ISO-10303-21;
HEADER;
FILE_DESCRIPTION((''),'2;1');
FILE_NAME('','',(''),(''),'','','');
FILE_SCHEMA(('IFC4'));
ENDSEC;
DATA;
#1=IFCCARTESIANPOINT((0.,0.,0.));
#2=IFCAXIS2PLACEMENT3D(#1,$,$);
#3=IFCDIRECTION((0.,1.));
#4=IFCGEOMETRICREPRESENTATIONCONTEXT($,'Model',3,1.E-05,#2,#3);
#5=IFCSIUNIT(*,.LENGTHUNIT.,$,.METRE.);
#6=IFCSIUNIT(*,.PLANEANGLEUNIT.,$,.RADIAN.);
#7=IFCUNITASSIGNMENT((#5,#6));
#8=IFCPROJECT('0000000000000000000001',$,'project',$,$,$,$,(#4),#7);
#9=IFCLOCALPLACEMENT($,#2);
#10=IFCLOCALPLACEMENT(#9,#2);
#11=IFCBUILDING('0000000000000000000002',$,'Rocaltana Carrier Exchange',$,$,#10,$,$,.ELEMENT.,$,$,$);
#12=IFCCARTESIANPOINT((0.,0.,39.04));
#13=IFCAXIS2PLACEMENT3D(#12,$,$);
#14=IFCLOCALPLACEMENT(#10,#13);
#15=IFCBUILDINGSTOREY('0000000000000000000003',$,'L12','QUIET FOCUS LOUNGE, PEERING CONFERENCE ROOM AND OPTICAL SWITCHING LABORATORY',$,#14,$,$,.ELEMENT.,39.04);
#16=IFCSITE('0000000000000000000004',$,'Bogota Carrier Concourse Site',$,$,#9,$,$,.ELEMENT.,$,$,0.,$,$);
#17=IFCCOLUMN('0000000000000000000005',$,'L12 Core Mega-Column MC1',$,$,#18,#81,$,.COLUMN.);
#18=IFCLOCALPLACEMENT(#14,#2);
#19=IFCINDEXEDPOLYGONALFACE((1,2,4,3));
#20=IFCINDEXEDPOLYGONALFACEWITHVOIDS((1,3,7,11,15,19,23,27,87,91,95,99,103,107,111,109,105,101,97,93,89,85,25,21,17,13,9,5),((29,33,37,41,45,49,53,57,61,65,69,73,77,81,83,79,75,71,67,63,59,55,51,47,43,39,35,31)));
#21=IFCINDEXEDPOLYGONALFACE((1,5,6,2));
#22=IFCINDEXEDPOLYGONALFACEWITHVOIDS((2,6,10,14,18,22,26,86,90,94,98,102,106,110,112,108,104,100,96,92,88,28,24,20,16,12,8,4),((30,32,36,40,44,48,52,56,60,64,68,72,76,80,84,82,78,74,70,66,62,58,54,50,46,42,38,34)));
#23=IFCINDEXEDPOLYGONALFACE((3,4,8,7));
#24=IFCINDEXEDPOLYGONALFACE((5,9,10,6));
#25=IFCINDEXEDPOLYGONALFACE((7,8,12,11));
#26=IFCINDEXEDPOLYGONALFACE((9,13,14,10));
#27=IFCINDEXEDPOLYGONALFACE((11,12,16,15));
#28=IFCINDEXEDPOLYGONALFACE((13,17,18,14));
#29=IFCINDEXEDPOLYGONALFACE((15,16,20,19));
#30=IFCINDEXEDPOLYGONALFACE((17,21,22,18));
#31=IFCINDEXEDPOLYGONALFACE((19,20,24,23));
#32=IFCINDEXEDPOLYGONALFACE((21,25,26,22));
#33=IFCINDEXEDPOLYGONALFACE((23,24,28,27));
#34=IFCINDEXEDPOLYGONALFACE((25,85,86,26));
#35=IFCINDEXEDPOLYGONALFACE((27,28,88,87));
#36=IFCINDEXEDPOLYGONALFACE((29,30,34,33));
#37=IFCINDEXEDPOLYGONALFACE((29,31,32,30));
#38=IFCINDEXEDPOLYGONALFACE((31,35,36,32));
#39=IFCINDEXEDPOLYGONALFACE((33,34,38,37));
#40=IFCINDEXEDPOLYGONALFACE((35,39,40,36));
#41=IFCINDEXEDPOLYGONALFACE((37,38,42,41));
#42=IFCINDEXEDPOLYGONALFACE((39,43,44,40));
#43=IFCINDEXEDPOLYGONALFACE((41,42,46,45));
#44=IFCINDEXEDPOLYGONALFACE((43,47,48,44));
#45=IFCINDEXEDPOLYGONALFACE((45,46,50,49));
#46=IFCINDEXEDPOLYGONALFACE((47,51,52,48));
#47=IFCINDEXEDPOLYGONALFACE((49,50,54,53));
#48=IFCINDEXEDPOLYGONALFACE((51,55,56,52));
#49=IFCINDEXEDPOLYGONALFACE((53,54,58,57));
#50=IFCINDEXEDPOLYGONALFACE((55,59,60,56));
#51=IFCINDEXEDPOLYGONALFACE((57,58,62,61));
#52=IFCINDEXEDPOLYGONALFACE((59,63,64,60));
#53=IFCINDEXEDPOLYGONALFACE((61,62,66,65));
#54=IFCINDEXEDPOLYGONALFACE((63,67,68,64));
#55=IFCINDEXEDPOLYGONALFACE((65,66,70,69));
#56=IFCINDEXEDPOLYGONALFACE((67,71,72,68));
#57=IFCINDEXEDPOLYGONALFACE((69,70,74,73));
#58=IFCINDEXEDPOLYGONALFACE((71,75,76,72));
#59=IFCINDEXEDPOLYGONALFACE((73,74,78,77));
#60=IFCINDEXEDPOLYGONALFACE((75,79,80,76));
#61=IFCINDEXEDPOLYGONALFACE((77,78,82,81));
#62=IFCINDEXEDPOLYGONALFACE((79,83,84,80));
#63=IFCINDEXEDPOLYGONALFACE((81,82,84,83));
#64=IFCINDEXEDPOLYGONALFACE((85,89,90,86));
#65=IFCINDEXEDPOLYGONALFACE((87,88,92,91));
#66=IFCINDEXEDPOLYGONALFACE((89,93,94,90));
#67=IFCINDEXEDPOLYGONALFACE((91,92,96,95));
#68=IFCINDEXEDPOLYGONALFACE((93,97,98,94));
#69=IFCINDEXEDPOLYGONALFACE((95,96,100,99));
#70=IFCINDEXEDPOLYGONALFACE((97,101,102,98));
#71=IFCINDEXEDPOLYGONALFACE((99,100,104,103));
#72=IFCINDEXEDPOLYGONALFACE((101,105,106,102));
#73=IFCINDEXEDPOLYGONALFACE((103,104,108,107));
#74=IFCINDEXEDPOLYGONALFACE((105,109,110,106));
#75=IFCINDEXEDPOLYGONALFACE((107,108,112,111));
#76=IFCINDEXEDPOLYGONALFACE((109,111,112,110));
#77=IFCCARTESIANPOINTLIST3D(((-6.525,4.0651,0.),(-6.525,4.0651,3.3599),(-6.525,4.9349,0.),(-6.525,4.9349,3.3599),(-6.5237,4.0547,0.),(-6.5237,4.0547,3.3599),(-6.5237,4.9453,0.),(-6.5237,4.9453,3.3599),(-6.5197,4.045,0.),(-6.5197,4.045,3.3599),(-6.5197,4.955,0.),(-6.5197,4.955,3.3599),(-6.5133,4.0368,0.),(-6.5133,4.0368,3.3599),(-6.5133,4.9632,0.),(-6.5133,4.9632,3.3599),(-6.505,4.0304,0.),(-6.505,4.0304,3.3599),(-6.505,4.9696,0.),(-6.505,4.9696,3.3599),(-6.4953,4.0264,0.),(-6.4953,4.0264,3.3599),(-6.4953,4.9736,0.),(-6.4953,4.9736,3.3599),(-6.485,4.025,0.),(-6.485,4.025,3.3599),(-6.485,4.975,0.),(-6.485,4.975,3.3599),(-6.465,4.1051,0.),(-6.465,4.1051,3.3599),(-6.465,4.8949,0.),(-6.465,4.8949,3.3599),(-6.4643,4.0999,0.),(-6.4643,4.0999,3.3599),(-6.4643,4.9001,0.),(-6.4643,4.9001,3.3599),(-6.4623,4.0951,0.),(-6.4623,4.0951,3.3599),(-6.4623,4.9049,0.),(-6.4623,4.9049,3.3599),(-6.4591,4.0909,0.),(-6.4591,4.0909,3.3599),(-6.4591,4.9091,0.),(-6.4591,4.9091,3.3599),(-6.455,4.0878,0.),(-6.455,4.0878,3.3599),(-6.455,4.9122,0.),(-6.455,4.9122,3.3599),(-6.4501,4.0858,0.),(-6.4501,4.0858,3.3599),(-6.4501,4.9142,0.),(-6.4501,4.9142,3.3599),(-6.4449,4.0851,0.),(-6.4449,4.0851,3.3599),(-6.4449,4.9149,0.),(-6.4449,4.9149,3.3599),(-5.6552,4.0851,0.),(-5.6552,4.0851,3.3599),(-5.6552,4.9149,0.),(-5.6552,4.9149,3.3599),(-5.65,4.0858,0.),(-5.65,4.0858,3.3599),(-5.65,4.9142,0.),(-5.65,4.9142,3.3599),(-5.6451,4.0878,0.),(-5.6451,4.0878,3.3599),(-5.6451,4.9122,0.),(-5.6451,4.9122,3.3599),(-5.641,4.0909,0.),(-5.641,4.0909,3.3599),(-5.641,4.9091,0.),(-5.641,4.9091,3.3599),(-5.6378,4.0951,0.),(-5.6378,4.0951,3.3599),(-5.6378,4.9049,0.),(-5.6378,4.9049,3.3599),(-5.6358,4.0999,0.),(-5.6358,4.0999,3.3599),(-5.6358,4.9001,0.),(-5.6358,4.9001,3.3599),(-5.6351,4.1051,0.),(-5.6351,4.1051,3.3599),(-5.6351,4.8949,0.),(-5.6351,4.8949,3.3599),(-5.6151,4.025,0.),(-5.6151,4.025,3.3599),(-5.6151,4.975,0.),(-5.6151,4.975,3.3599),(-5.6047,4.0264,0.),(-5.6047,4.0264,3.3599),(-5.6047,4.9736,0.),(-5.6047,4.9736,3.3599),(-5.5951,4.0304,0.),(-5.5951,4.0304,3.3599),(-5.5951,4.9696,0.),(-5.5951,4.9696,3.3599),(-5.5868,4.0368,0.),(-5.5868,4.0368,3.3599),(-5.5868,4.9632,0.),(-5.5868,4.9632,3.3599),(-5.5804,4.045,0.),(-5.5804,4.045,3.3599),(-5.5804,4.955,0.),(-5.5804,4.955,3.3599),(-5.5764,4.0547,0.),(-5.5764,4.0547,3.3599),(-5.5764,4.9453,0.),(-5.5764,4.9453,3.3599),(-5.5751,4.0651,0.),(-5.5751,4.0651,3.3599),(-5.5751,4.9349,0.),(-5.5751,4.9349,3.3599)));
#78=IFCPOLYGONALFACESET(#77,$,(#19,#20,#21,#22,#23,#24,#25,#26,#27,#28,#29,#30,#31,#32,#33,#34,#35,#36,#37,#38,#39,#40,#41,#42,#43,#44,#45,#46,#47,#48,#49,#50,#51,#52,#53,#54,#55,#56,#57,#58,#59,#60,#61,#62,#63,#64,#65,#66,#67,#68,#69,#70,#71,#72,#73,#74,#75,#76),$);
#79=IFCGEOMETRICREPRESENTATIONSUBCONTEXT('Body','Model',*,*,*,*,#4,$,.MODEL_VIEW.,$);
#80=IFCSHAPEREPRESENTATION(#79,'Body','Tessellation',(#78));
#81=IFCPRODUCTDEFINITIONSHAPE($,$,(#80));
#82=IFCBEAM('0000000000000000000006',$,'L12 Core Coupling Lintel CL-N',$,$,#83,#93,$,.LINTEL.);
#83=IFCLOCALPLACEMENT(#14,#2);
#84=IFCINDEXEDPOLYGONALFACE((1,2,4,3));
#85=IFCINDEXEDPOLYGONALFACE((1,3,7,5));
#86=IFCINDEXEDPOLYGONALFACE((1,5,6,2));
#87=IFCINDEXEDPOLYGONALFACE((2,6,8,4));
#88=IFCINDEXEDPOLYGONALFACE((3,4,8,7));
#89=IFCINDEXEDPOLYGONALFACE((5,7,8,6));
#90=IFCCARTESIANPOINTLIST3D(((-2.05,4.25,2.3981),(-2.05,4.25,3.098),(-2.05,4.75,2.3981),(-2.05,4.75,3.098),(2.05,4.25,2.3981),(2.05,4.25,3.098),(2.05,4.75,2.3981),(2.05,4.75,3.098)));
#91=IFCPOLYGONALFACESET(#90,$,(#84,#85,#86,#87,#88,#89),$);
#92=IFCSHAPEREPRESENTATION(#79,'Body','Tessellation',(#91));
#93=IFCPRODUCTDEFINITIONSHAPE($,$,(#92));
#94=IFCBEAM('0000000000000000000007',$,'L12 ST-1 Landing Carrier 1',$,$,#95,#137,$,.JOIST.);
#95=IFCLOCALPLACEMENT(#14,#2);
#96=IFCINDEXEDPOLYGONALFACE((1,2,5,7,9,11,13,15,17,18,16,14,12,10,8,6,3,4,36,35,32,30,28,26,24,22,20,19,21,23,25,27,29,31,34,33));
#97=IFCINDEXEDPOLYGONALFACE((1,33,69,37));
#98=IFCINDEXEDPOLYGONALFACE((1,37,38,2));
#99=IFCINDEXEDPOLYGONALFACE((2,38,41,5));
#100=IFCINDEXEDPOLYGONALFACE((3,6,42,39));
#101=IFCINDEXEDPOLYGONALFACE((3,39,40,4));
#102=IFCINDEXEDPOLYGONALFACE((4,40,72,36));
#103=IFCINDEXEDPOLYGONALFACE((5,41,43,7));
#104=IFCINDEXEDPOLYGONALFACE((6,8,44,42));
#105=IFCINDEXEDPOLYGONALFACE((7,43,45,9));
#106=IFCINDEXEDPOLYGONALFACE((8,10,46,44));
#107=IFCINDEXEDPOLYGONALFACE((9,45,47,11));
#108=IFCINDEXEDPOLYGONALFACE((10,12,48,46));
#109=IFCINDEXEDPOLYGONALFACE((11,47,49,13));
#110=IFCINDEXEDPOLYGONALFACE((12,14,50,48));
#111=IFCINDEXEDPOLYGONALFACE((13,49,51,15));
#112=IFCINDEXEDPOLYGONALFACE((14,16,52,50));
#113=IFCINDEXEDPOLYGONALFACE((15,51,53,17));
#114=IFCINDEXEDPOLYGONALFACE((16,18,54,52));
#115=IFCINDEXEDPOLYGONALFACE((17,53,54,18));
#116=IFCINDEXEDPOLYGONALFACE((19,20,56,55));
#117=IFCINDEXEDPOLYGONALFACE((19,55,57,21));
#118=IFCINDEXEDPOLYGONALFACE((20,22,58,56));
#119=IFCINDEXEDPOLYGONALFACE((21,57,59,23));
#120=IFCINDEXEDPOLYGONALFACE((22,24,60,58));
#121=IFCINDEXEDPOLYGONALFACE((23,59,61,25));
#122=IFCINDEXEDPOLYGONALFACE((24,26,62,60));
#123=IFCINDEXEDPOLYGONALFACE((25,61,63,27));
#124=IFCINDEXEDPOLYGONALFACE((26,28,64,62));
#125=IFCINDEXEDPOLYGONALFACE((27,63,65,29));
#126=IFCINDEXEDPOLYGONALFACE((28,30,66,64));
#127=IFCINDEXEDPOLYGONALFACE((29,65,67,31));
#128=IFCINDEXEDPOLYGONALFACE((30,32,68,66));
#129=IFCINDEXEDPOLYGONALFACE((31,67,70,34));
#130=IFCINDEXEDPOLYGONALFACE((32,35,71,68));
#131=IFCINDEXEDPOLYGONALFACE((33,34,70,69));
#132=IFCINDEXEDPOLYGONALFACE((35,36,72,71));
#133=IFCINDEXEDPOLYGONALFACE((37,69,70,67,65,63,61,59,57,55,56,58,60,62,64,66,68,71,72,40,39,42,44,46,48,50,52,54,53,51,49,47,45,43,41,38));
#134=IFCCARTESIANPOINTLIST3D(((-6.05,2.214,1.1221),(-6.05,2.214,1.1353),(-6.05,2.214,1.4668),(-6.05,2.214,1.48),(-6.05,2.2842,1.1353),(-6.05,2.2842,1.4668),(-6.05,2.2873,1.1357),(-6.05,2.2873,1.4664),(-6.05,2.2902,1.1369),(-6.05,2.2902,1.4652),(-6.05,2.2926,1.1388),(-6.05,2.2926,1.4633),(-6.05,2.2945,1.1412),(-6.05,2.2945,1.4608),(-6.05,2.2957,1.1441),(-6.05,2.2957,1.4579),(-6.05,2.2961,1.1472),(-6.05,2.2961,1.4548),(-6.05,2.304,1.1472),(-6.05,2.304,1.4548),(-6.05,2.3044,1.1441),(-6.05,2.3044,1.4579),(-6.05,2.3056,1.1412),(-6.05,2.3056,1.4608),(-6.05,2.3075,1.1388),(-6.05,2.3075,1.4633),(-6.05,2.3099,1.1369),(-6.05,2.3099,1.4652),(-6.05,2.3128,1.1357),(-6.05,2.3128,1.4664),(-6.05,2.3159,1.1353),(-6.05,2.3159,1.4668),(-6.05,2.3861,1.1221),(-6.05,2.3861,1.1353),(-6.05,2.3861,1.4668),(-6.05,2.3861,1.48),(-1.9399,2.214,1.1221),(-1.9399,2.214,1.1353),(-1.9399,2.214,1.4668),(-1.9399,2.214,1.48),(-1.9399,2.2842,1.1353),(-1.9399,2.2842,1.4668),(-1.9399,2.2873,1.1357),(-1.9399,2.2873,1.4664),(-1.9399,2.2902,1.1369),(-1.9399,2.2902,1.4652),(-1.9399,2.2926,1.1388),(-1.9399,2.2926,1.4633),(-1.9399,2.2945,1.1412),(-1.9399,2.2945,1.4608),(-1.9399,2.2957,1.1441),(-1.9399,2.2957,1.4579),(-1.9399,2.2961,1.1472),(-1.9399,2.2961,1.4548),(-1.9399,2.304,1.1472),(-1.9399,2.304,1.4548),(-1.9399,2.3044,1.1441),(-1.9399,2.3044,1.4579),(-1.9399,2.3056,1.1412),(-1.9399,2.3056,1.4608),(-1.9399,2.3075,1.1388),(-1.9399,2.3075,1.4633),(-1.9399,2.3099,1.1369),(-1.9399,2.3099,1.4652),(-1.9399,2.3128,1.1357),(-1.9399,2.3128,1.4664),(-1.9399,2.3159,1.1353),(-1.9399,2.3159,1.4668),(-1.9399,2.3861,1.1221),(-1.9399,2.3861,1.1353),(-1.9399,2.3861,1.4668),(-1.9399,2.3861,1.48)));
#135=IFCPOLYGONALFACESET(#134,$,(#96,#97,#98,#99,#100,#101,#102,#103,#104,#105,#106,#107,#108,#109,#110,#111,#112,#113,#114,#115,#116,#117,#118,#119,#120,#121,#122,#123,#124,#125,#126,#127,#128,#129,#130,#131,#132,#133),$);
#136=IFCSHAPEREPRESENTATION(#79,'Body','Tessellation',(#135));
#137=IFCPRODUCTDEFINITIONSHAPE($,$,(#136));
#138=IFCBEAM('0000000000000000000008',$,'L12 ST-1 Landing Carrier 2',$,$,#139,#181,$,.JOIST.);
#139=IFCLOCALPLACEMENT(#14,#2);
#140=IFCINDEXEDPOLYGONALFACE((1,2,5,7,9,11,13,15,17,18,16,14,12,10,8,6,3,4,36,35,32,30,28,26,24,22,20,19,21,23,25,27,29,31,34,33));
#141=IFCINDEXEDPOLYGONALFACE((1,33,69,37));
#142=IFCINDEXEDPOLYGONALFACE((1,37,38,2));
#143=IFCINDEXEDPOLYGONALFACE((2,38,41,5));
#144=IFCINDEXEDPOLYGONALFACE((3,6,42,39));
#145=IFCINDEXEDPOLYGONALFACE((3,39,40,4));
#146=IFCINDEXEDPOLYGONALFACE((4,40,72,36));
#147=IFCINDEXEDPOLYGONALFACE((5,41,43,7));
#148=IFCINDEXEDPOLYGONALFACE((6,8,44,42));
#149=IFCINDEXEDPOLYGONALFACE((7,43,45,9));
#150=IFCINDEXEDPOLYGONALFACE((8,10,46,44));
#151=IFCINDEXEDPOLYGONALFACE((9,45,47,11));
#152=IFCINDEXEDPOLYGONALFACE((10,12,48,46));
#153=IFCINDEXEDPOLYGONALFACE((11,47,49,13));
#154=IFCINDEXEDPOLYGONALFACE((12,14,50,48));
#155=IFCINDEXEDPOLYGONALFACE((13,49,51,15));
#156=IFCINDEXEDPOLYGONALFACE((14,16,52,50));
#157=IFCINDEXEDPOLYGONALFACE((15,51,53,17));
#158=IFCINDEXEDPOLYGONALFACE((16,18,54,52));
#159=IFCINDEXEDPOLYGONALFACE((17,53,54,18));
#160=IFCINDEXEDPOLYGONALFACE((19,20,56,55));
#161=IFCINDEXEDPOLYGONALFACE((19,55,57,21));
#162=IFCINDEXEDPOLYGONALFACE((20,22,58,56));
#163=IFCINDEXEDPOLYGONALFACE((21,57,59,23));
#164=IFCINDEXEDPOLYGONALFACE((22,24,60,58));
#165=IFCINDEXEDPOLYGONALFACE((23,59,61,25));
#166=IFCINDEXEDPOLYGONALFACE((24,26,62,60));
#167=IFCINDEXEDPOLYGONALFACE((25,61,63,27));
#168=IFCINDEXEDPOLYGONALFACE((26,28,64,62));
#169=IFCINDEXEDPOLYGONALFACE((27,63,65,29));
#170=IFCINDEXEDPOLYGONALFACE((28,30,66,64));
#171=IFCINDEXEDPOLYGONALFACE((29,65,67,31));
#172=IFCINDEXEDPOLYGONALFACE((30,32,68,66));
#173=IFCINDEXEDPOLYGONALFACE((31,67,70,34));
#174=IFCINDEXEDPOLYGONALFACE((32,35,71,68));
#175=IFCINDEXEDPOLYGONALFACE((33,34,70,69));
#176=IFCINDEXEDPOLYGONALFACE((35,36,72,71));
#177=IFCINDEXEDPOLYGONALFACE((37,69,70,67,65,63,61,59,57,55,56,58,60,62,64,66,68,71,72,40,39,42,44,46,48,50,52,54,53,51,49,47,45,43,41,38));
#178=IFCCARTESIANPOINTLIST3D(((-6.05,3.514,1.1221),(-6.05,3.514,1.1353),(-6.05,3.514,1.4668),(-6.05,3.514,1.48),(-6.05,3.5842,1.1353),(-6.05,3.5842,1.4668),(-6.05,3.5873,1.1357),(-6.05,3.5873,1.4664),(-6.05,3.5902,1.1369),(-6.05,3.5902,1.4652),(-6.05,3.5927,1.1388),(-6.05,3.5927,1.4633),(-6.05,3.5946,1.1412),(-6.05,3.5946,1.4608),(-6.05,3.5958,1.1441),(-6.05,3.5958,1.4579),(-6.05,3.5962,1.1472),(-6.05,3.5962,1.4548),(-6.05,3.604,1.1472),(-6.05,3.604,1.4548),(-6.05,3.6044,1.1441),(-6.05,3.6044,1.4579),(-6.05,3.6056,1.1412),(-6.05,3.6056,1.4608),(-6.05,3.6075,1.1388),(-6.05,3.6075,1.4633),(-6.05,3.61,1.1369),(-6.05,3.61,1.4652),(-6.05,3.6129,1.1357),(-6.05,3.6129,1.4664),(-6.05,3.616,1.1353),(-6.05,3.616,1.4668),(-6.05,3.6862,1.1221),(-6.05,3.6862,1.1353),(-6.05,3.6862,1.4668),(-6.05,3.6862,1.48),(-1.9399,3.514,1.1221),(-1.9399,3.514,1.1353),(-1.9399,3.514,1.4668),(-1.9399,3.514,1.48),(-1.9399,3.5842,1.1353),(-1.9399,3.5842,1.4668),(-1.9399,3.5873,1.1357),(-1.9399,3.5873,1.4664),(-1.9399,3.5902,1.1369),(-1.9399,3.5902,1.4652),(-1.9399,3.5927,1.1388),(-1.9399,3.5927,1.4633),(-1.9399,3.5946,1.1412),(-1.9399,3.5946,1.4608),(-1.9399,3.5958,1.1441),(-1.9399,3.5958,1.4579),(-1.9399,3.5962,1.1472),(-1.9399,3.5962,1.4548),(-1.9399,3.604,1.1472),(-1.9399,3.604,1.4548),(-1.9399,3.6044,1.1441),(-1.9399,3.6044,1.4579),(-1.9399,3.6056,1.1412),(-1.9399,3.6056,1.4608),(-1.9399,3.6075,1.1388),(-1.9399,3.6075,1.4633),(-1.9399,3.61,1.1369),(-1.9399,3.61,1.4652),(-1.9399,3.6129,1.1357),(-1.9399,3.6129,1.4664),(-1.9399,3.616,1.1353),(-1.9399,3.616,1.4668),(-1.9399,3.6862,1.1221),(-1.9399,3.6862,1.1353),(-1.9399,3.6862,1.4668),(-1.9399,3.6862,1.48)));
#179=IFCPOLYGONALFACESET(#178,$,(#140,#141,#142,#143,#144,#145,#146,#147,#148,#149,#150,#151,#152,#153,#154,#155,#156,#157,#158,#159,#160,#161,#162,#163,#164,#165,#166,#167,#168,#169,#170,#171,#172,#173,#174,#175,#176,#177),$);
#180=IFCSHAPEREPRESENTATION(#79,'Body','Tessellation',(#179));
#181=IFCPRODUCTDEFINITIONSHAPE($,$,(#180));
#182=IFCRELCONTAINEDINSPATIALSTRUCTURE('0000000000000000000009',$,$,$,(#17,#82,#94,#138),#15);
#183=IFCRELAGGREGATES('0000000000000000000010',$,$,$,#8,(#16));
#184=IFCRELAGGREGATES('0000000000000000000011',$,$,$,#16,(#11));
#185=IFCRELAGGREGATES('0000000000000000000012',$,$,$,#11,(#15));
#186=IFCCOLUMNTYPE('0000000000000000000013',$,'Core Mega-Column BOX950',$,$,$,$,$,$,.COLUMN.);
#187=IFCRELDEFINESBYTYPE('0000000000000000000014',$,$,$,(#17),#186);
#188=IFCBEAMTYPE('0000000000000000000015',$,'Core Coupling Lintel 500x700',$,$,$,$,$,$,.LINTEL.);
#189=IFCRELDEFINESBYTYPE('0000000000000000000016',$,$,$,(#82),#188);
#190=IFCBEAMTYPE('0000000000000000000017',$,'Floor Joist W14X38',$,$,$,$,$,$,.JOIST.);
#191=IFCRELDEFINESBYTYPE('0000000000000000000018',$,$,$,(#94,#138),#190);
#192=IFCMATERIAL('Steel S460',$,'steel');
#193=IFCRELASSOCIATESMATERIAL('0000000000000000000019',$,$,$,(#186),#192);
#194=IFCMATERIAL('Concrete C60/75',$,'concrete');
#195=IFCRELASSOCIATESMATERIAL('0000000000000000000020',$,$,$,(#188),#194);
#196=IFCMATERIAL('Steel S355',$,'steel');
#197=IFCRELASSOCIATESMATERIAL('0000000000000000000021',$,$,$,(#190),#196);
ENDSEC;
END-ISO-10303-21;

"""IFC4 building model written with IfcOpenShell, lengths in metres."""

from ifc_helpers import new_model, si_unit, direction, frame, origin, origin_2d, place, context, subcontext, project, spatial, rectangle, hollow_rectangle, i_section, extrude, material, material_profile, profile_set, type_object, element, save


model = new_model("IFC4")

# Units and contexts
model_context = context("Model", 3, precision=1e-05, world=origin(), true_north=direction((0.0, 1.0)))
body_context = subcontext(model_context, "Body", "Model", "MODEL_VIEW")
ifc_project = project(units=[si_unit("LENGTHUNIT", "METRE"), si_unit("PLANEANGLEUNIT", "RADIAN")], contexts=[model_context])

# Site, building, storey
site_placement = place(None, origin())
site = spatial("IfcSite", under=ifc_project, at=site_placement, Name="Bogota Carrier Concourse Site", CompositionType="ELEMENT", RefElevation=0.0)
building_placement = place(site_placement, origin())
building = spatial("IfcBuilding", under=site, at=building_placement, Name="Rocaltana Carrier Exchange", CompositionType="ELEMENT")
storey_placement = place(building_placement, frame((0.0, 0.0, 39.04)))
storey = spatial("IfcBuildingStorey", under=building, at=storey_placement, Name="L12", Description="QUIET FOCUS LOUNGE, PEERING CONFERENCE ROOM AND OPTICAL SWITCHING LABORATORY", CompositionType="ELEMENT", Elevation=39.04)

# Column
ifc_material_1 = material(Name="Steel S460", Category="steel")
ifc_material_profile_1 = material_profile(ifc_material_1, hollow_rectangle(XDim=0.95, YDim=0.95, WallThickness=0.0601, InnerFilletRadius=0.02, OuterFilletRadius=0.04, at=origin_2d()), Name="BOX950X950X60")
ifc_profile_set_1 = profile_set([ifc_material_profile_1], Name="Steel S460")
column_type = type_object("IfcColumnType", Name="Core Mega-Column BOX950", PredefinedType="COLUMN", material=ifc_profile_set_1)
column_placement = place(storey_placement, frame((-6.05, 4.5, 0.0), z_axis=(0.0, 0.0, 1.0), x_axis=(1.0, 0.0, 0.0)))
element("IfcColumn", 1, at=column_placement, inside=storey, type_object=column_type, Name="L12 Core Mega-Column MC1", PredefinedType="COLUMN", context=body_context, shape_type="SweptSolid", body=[
    extrude(hollow_rectangle(XDim=0.95, YDim=0.95, WallThickness=0.0601, InnerFilletRadius=0.02, OuterFilletRadius=0.04, at=origin_2d()), origin(), (0.0, 0.0, 1.0), 3.3599),
])

# Beams
ifc_material_2 = material(Name="Concrete C60/75", Category="concrete")
ifc_material_profile_2 = material_profile(ifc_material_2, rectangle(XDim=0.5, YDim=0.7, at=origin_2d()), Name="RC-BM-500X700")
ifc_profile_set_2 = profile_set([ifc_material_profile_2], Name="Concrete C60/75")
beam_type_1 = type_object("IfcBeamType", Name="Core Coupling Lintel 500x700", PredefinedType="LINTEL", material=ifc_profile_set_2)
beam_1_placement = place(storey_placement, frame((-2.05, 4.5, 2.748), z_axis=(1.0, 0.0, 0.0), x_axis=(0.0, 1.0, 0.0)))
element("IfcBeam", 2, at=beam_1_placement, inside=storey, type_object=beam_type_1, Name="L12 Core Coupling Lintel CL-N", PredefinedType="LINTEL", context=body_context, shape_type="SweptSolid", body=[
    extrude(rectangle(XDim=0.5, YDim=0.7, at=origin_2d()), origin(), (0.0, 0.0, 1.0), 4.1001),
])
ifc_material_3 = material(Name="Steel S355", Category="steel")
ifc_material_profile_3 = material_profile(ifc_material_3, i_section(OverallWidth=0.1721, OverallDepth=0.3579, WebThickness=0.0078, FlangeThickness=0.0132, FilletRadius=0.012, at=origin_2d()), Name="W14X38")
ifc_profile_set_3 = profile_set([ifc_material_profile_3], Name="Steel S355")
beam_type_2 = type_object("IfcBeamType", Name="Floor Joist W14X38", PredefinedType="JOIST", material=ifc_profile_set_3)
for number, where, z_axis, x_axis, name in (
    (3, (-6.05, 2.3, 1.301), (1.0, 0.0, 0.0), (0.0, 1.0, 0.0), "L12 ST-1 Landing Carrier 1"),
    (4, (-6.05, 3.6001, 1.301), (1.0, 0.0, 0.0), (0.0, 1.0, 0.0), "L12 ST-1 Landing Carrier 2"),
):
    element("IfcBeam", number, at=place(storey_placement, frame(where, z_axis=z_axis, x_axis=x_axis)), inside=storey, type_object=beam_type_2, Name=name, PredefinedType="JOIST", context=body_context, shape_type="SweptSolid", body=[
        extrude(i_section(OverallWidth=0.1721, OverallDepth=0.3579, WebThickness=0.0078, FlangeThickness=0.0132, FilletRadius=0.012, at=origin_2d()), origin(), (0.0, 0.0, 1.0), 4.1101),
    ])

save(model, "model.ifc")
